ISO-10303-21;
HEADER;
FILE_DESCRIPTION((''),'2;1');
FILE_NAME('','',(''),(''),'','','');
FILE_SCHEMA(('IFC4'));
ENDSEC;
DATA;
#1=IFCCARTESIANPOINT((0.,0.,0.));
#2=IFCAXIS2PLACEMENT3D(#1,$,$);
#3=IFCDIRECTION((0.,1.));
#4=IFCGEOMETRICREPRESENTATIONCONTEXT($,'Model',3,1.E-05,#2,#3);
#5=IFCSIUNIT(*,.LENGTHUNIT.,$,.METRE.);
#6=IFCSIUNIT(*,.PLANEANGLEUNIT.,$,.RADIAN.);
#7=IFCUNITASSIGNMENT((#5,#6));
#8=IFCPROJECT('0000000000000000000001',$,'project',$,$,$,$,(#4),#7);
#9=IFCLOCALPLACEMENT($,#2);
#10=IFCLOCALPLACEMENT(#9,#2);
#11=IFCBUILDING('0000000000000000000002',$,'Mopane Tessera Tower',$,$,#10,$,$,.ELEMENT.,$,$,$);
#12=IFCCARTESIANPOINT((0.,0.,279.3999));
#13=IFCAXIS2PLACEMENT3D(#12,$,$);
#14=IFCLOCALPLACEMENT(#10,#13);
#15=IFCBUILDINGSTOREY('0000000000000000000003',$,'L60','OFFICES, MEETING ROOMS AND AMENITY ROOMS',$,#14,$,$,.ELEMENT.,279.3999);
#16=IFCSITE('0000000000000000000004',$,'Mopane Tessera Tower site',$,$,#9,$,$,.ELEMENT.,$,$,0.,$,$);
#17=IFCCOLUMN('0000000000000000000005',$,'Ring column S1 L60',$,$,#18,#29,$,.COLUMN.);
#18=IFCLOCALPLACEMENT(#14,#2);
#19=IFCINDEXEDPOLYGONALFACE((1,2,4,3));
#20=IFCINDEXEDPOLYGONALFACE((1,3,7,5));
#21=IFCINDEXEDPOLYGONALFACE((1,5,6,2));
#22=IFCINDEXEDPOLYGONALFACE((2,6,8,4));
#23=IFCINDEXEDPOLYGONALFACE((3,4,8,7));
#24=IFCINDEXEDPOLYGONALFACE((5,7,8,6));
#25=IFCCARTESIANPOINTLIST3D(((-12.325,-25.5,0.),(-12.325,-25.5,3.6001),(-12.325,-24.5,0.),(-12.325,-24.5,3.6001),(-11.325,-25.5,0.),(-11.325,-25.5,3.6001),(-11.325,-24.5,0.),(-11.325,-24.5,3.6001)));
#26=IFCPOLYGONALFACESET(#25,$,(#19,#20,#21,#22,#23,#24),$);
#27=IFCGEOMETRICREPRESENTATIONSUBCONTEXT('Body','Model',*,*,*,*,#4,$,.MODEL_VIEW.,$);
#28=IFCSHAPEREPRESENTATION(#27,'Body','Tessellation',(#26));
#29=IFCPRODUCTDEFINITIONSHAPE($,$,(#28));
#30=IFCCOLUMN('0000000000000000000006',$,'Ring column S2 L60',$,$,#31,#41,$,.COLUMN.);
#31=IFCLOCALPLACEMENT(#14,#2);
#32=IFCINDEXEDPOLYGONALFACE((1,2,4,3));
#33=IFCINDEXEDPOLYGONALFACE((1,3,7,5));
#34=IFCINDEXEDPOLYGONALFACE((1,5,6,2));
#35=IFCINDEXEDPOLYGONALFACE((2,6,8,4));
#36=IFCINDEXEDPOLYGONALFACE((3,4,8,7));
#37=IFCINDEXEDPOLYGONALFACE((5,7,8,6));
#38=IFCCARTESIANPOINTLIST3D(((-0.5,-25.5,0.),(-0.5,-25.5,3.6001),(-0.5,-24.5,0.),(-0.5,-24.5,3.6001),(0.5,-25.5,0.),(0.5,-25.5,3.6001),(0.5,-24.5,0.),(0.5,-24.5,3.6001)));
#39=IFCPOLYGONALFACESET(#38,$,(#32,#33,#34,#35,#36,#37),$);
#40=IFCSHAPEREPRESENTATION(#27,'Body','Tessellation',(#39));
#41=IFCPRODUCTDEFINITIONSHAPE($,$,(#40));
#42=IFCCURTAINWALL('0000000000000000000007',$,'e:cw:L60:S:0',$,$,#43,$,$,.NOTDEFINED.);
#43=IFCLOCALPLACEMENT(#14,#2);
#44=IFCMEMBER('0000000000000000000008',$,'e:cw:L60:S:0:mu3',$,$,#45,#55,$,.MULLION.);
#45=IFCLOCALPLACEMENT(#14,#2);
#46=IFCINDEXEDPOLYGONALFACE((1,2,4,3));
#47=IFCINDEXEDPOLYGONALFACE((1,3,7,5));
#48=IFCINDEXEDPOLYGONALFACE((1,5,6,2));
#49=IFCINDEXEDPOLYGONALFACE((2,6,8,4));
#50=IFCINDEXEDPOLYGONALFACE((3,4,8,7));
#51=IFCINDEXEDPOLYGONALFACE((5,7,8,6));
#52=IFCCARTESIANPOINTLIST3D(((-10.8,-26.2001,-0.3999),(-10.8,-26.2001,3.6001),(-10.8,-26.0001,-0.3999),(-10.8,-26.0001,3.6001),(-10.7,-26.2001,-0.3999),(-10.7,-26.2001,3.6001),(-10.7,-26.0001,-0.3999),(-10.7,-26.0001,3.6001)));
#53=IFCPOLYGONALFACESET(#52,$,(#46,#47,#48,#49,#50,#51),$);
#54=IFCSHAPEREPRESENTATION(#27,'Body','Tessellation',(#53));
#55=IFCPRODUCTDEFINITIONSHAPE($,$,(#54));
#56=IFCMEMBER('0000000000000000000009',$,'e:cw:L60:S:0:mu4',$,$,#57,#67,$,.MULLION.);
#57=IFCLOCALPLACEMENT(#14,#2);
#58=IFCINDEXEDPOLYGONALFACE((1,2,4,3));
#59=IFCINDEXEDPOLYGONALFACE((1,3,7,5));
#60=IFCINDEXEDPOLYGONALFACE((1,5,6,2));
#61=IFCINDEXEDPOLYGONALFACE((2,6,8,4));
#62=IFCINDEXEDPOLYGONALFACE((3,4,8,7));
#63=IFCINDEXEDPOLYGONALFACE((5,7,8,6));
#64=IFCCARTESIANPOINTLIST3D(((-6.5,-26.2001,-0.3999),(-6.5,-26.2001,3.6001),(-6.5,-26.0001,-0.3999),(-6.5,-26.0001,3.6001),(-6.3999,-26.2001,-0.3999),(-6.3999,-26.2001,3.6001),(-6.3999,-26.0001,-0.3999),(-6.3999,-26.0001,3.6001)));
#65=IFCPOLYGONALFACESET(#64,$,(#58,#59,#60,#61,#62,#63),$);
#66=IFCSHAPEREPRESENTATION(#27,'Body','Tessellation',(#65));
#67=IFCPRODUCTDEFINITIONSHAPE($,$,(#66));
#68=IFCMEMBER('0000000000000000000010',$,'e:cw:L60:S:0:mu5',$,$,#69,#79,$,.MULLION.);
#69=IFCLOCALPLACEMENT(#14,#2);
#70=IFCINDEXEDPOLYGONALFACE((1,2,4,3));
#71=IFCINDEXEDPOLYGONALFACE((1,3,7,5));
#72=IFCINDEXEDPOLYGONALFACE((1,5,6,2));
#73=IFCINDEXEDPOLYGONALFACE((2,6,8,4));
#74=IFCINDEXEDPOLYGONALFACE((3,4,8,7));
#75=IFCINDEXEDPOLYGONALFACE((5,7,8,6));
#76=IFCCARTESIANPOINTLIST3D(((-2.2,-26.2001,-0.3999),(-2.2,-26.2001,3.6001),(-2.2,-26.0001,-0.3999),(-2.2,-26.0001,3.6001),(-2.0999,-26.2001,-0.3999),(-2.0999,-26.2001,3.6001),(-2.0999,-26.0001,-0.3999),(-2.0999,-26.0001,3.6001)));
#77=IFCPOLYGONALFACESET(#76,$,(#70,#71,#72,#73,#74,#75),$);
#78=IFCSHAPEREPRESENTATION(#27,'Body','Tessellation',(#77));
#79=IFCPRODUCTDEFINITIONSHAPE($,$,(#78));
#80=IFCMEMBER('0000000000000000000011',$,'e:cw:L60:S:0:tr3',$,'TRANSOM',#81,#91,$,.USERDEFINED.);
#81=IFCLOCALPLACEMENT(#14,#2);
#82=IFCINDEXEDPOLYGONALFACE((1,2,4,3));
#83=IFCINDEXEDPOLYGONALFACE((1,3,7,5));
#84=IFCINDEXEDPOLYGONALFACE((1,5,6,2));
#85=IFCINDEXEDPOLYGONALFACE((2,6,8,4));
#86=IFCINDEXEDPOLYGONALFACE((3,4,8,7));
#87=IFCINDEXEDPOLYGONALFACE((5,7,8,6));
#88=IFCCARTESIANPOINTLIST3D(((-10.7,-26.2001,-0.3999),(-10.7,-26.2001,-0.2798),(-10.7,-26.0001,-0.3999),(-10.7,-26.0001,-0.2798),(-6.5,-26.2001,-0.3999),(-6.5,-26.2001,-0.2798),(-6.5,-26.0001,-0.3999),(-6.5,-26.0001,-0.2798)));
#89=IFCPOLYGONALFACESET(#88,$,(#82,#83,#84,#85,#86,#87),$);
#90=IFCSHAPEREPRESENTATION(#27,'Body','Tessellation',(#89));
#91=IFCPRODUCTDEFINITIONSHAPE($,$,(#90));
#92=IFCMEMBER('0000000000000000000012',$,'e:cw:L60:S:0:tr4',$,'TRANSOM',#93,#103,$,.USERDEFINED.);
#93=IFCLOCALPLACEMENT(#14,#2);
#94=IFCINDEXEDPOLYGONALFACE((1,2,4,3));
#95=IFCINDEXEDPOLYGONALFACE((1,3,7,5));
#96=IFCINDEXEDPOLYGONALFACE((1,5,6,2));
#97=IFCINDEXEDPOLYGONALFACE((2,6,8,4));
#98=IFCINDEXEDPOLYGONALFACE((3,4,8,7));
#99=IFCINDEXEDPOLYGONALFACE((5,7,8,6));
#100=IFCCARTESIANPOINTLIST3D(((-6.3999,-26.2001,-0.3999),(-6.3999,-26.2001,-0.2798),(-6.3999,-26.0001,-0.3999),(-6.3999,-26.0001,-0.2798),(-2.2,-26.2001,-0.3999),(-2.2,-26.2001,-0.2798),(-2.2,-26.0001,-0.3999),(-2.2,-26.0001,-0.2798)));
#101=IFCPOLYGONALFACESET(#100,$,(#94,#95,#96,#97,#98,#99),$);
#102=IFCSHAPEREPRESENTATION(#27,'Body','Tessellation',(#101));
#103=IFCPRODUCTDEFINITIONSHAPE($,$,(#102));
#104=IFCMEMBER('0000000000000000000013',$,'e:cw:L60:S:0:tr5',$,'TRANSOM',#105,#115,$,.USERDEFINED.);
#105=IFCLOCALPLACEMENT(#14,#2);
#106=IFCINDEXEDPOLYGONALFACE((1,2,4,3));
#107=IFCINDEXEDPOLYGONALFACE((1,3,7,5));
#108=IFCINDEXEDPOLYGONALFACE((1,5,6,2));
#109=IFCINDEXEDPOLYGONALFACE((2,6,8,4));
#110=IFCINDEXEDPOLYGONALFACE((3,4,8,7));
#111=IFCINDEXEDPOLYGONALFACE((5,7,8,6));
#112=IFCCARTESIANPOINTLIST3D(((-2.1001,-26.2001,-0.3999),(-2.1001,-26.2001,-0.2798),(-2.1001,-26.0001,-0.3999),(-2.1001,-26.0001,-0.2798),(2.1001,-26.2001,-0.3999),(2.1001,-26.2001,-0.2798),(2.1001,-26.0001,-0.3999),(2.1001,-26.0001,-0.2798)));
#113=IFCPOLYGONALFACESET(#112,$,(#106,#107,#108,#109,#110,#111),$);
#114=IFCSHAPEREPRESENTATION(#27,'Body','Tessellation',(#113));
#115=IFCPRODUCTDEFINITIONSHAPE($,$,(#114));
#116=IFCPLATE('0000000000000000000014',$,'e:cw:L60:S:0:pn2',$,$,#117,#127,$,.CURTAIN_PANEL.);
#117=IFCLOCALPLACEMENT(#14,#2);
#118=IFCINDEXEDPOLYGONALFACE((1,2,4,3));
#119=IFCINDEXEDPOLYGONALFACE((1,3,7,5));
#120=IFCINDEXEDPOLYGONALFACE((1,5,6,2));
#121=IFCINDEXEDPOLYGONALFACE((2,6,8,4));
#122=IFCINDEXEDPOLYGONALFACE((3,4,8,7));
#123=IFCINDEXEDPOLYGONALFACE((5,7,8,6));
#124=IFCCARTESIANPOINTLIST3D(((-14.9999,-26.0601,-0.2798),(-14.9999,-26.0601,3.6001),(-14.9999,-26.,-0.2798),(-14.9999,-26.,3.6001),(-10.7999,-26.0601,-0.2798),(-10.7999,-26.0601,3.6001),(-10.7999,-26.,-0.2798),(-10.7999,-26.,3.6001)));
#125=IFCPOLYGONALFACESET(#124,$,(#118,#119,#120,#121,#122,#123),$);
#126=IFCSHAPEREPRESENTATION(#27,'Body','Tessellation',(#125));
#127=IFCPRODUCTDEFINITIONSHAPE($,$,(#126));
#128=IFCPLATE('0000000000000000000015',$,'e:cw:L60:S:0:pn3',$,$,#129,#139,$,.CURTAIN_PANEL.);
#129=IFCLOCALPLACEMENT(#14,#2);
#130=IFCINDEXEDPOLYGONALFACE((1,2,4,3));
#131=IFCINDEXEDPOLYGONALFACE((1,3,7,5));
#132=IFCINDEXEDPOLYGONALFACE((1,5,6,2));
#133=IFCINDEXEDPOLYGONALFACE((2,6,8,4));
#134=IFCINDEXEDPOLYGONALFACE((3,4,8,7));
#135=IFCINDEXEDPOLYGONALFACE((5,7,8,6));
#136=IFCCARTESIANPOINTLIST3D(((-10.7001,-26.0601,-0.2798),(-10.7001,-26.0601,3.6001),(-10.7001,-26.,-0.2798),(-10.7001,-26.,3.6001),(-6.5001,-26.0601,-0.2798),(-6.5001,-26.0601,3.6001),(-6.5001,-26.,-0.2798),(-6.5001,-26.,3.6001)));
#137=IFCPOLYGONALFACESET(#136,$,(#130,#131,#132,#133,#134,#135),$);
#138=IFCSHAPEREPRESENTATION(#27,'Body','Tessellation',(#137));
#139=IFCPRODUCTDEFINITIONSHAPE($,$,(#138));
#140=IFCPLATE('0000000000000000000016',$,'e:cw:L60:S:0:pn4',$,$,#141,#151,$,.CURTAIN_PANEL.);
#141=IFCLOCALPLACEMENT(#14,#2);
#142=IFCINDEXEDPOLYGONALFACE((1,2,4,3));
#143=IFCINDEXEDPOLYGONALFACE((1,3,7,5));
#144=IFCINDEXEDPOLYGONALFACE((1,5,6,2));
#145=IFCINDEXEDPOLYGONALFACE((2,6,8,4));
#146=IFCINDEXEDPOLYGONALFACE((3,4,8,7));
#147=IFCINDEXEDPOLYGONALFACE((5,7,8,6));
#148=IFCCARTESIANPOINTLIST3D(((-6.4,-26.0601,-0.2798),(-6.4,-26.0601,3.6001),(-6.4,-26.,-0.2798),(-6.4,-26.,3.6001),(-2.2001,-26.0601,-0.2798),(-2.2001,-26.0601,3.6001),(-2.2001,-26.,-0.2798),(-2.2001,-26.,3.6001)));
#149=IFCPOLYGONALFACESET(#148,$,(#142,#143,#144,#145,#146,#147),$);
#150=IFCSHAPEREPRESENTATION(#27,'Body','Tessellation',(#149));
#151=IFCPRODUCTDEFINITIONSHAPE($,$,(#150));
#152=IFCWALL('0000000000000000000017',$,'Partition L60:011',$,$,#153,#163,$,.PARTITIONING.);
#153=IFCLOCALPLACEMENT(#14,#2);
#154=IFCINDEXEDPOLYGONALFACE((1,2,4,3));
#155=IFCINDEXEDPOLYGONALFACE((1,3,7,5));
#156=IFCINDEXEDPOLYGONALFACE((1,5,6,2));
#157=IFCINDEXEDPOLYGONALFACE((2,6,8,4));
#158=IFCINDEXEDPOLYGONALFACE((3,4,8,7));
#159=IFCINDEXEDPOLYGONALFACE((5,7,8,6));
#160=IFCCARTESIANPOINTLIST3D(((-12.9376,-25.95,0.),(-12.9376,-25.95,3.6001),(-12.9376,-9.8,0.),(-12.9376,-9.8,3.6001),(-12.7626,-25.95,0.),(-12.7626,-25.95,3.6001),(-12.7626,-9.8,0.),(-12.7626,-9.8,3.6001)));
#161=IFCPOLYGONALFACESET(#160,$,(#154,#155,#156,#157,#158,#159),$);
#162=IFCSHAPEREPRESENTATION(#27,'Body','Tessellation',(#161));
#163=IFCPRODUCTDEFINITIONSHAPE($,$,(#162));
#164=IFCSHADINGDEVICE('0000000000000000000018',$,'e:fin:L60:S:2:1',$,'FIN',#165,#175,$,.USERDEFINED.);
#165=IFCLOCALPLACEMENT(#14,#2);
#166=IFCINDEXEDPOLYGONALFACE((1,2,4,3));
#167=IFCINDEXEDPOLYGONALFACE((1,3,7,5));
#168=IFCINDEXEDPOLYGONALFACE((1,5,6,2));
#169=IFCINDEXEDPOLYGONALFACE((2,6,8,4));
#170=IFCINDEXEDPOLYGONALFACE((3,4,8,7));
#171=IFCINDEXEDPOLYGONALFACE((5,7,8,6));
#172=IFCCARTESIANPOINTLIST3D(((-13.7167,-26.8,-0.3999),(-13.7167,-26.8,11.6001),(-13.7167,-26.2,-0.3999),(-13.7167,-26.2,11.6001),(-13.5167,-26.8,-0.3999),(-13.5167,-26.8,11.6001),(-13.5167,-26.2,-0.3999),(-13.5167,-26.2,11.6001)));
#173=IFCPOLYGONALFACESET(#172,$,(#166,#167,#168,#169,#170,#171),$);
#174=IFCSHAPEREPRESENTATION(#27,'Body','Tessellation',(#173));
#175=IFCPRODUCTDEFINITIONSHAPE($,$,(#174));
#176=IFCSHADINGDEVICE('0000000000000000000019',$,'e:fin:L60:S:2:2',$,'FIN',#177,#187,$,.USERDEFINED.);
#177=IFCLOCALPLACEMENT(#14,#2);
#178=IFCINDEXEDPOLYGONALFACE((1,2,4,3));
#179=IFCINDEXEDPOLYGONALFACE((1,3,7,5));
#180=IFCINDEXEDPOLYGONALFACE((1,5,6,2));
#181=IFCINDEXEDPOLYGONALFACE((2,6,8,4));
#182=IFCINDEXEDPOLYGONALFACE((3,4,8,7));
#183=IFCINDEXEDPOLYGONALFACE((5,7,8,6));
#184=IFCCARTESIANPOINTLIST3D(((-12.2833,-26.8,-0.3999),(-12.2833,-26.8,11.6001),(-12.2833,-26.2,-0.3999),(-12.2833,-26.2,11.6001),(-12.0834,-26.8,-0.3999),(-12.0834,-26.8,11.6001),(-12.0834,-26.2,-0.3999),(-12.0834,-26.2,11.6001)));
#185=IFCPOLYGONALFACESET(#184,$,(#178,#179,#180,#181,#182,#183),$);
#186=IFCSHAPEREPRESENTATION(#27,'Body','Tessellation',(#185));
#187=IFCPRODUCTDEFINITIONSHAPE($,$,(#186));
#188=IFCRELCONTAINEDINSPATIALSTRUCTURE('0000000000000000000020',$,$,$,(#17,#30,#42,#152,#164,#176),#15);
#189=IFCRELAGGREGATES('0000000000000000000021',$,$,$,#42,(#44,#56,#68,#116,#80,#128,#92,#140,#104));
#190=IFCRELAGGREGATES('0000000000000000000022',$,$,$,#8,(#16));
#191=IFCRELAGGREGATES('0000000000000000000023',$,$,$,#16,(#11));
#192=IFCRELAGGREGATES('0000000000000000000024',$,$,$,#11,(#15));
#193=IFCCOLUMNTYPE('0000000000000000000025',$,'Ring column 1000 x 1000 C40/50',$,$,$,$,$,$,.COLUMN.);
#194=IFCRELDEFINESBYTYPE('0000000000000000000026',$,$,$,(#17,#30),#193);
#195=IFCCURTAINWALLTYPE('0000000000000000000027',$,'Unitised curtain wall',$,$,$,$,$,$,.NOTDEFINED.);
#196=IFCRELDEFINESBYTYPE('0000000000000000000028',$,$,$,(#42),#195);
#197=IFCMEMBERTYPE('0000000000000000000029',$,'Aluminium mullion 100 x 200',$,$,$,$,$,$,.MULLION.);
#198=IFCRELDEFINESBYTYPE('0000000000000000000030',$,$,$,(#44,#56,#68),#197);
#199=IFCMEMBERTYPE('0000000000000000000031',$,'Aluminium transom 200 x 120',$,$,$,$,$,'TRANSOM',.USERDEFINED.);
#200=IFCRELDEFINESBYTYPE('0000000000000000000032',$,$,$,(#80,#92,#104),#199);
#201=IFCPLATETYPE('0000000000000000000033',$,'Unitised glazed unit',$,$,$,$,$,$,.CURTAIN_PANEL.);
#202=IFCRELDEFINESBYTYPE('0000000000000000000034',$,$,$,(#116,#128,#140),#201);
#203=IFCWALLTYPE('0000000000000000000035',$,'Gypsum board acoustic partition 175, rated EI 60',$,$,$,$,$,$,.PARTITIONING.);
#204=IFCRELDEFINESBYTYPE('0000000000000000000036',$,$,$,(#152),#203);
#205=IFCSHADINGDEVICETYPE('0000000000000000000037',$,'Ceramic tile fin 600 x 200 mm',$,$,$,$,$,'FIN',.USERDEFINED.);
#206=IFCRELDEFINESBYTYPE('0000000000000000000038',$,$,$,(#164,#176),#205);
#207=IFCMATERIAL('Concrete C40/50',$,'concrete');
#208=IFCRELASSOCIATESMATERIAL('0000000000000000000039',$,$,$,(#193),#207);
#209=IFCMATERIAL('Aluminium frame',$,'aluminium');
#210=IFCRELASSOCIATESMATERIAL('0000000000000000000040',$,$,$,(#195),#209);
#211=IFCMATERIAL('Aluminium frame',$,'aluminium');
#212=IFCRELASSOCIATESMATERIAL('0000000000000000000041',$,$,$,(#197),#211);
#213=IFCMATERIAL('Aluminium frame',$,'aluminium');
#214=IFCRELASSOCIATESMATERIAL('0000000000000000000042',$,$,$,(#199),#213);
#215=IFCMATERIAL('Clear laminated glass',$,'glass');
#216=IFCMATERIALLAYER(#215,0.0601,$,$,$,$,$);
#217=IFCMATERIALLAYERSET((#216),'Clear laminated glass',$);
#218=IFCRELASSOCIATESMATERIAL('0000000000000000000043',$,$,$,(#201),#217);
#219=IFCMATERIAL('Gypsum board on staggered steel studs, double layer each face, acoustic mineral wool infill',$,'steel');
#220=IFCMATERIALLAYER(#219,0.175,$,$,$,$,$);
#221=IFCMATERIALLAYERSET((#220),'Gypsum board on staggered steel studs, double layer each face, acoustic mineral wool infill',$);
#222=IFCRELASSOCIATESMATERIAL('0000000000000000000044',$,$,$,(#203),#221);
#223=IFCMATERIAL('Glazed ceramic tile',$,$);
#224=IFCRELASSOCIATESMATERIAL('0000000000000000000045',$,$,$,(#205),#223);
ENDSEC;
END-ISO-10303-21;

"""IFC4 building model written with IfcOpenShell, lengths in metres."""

from ifc_helpers import new_model, si_unit, direction, frame, frame_2d, origin, origin_2d, place, context, subcontext, project, spatial, rectangle, extrude, material, layer, layer_set, material_profile, profile_set, type_object, element, aggregate, save


model = new_model("IFC4")

# Units and contexts
model_context = context("Model", 3, precision=1e-05, world=origin(), true_north=direction((0.0, 1.0)))
body_context = subcontext(model_context, "Body", "Model", "MODEL_VIEW")
ifc_project = project(units=[si_unit("LENGTHUNIT", "METRE"), si_unit("PLANEANGLEUNIT", "RADIAN")], contexts=[model_context])

# Site, building, storey
site_placement = place(None, origin())
site = spatial("IfcSite", under=ifc_project, at=site_placement, Name="Mopane Tessera Tower site", CompositionType="ELEMENT", RefElevation=0.0)
building_placement = place(site_placement, origin())
building = spatial("IfcBuilding", under=site, at=building_placement, Name="Mopane Tessera Tower", CompositionType="ELEMENT")
storey_placement = place(building_placement, frame((0.0, 0.0, 279.3999)))
storey = spatial("IfcBuildingStorey", under=building, at=storey_placement, Name="L60", Description="OFFICES, MEETING ROOMS AND AMENITY ROOMS", CompositionType="ELEMENT", Elevation=279.3999)

# Columns
ifc_material_1 = material(Name="Concrete C40/50", Category="concrete")
ifc_material_profile_1 = material_profile(ifc_material_1, rectangle(XDim=1.0, YDim=1.0, at=origin_2d()))
ifc_profile_set_1 = profile_set([ifc_material_profile_1], Name="Concrete C40/50")
column_type = type_object("IfcColumnType", Name="Ring column 1000 x 1000 C40/50", PredefinedType="COLUMN", material=ifc_profile_set_1)
for number, where, z_axis, x_axis, name in (
    (1, (-11.825, -25.0, 0.0), (0.0, 0.0, 1.0), (1.0, 0.0, 0.0), "Ring column S1 L60"),
    (2, (0.0, -25.0, 0.0), (0.0, 0.0, 1.0), (1.0, 0.0, 0.0), "Ring column S2 L60"),
):
    element("IfcColumn", number, at=place(storey_placement, frame(where, z_axis=z_axis, x_axis=x_axis)), inside=storey, type_object=column_type, Name=name, PredefinedType="COLUMN", context=body_context, shape_type="SweptSolid", body=[
        extrude(rectangle(XDim=1.0, YDim=1.0, at=origin_2d()), origin(), (0.0, 0.0, 1.0), 3.6001),
    ])

# Curtain wall, members, plates
ifc_material_2 = material(Name="Aluminium frame", Category="aluminium")
curtain_wall_type = type_object("IfcCurtainWallType", Name="Unitised curtain wall", PredefinedType="NOTDEFINED", material=ifc_material_2)
curtain_wall_placement = place(storey_placement, origin())
curtain_wall = element("IfcCurtainWall", 3, at=curtain_wall_placement, inside=storey, type_object=curtain_wall_type, Name="e:cw:L60:S:0", PredefinedType="NOTDEFINED")
ifc_material_3 = material(Name="Aluminium frame", Category="aluminium")
ifc_material_profile_2 = material_profile(ifc_material_3, rectangle(XDim=0.1001, YDim=0.2, at=origin_2d()))
ifc_profile_set_2 = profile_set([ifc_material_profile_2], Name="Aluminium frame")
member_type_1 = type_object("IfcMemberType", Name="Aluminium mullion 100 x 200", PredefinedType="MULLION", material=ifc_profile_set_2)
member_1_placement = place(storey_placement, frame((-10.75, -26.1001, -0.3999), z_axis=(0.0, 0.0, 1.0), x_axis=(1.0, 0.0, 0.0)))
member_1 = element("IfcMember", 4, at=member_1_placement, type_object=member_type_1, Name="e:cw:L60:S:0:mu3", PredefinedType="MULLION", context=body_context, shape_type="SweptSolid", body=[
    extrude(rectangle(XDim=0.1001, YDim=0.2, at=origin_2d()), origin(), (0.0, 0.0, 1.0), 4.0),
])
member_2_placement = place(storey_placement, frame((-6.45, -26.1001, -0.3999), z_axis=(0.0, 0.0, 1.0), x_axis=(1.0, 0.0, 0.0)))
member_2 = element("IfcMember", 5, at=member_2_placement, type_object=member_type_1, Name="e:cw:L60:S:0:mu4", PredefinedType="MULLION", context=body_context, shape_type="SweptSolid", body=[
    extrude(rectangle(XDim=0.1001, YDim=0.2, at=origin_2d()), origin(), (0.0, 0.0, 1.0), 4.0),
])
member_3_placement = place(storey_placement, frame((-2.1499, -26.1001, -0.3999), z_axis=(0.0, 0.0, 1.0), x_axis=(1.0, 0.0, 0.0)))
member_3 = element("IfcMember", 6, at=member_3_placement, type_object=member_type_1, Name="e:cw:L60:S:0:mu5", PredefinedType="MULLION", context=body_context, shape_type="SweptSolid", body=[
    extrude(rectangle(XDim=0.1001, YDim=0.2, at=origin_2d()), origin(), (0.0, 0.0, 1.0), 4.0),
])
ifc_material_4 = material(Name="Aluminium frame", Category="aluminium")
ifc_material_profile_3 = material_profile(ifc_material_4, rectangle(XDim=0.2, YDim=0.1201, at=origin_2d()))
ifc_profile_set_3 = profile_set([ifc_material_profile_3], Name="Aluminium frame")
member_type_2 = type_object("IfcMemberType", Name="Aluminium transom 200 x 120", ElementType="TRANSOM", PredefinedType="USERDEFINED", material=ifc_profile_set_3)
member_4_placement = place(storey_placement, frame((-10.7, -26.1001, -0.3398), z_axis=(1.0, 0.0, 0.0), x_axis=(0.0, 1.0, 0.0)))
member_4 = element("IfcMember", 7, at=member_4_placement, type_object=member_type_2, Name="e:cw:L60:S:0:tr3", ObjectType="TRANSOM", PredefinedType="USERDEFINED", context=body_context, shape_type="SweptSolid", body=[
    extrude(rectangle(XDim=0.2, YDim=0.1201, at=origin_2d()), origin(), (0.0, 0.0, 1.0), 4.2),
])
member_5_placement = place(storey_placement, frame((-6.3999, -26.1001, -0.3398), z_axis=(1.0, 0.0, 0.0), x_axis=(0.0, 1.0, 0.0)))
member_5 = element("IfcMember", 8, at=member_5_placement, type_object=member_type_2, Name="e:cw:L60:S:0:tr4", ObjectType="TRANSOM", PredefinedType="USERDEFINED", context=body_context, shape_type="SweptSolid", body=[
    extrude(rectangle(XDim=0.2, YDim=0.1201, at=origin_2d()), origin(), (0.0, 0.0, 1.0), 4.2),
])
member_6_placement = place(storey_placement, frame((-2.1001, -26.1001, -0.3398), z_axis=(1.0, 0.0, 0.0), x_axis=(0.0, 1.0, 0.0)))
member_6 = element("IfcMember", 9, at=member_6_placement, type_object=member_type_2, Name="e:cw:L60:S:0:tr5", ObjectType="TRANSOM", PredefinedType="USERDEFINED", context=body_context, shape_type="SweptSolid", body=[
    extrude(rectangle(XDim=0.2, YDim=0.1201, at=origin_2d()), origin(), (0.0, 0.0, 1.0), 4.2002),
])
ifc_material_5 = material(Name="Clear laminated glass", Category="glass")
ifc_layer_1 = layer(ifc_material_5, 0.0601)
ifc_layer_set_1 = layer_set([ifc_layer_1], Name="Clear laminated glass")
plate_type = type_object("IfcPlateType", Name="Unitised glazed unit", PredefinedType="CURTAIN_PANEL", material=ifc_layer_set_1)
plate_1_placement = place(storey_placement, frame((-12.8999, -26.03, -0.2798), z_axis=(0.0, 0.0, 1.0), x_axis=(1.0, 0.0, 0.0)))
plate_1 = element("IfcPlate", 10, at=plate_1_placement, type_object=plate_type, Name="e:cw:L60:S:0:pn2", PredefinedType="CURTAIN_PANEL", context=body_context, shape_type="SweptSolid", body=[
    extrude(rectangle(XDim=4.2, YDim=0.0601, at=origin_2d()), origin(), (0.0, 0.0, 1.0), 3.8799),
])
plate_2_placement = place(storey_placement, frame((-8.6001, -26.03, -0.2798), z_axis=(0.0, 0.0, 1.0), x_axis=(1.0, 0.0, 0.0)))
plate_2 = element("IfcPlate", 11, at=plate_2_placement, type_object=plate_type, Name="e:cw:L60:S:0:pn3", PredefinedType="CURTAIN_PANEL", context=body_context, shape_type="SweptSolid", body=[
    extrude(rectangle(XDim=4.2, YDim=0.0601, at=origin_2d()), origin(), (0.0, 0.0, 1.0), 3.8799),
])
plate_3_placement = place(storey_placement, frame((-4.3, -26.03, -0.2798), z_axis=(0.0, 0.0, 1.0), x_axis=(1.0, 0.0, 0.0)))
plate_3 = element("IfcPlate", 12, at=plate_3_placement, type_object=plate_type, Name="e:cw:L60:S:0:pn4", PredefinedType="CURTAIN_PANEL", context=body_context, shape_type="SweptSolid", body=[
    extrude(rectangle(XDim=4.2, YDim=0.0601, at=origin_2d()), origin(), (0.0, 0.0, 1.0), 3.8799),
])
aggregate(curtain_wall, [member_1, member_2, member_3, plate_1, member_4, plate_2, member_5, plate_3, member_6])

# Wall
ifc_material_6 = material(Name="Gypsum board on staggered steel studs, double layer each face, acoustic mineral wool infill", Category="steel")
ifc_layer_2 = layer(ifc_material_6, 0.175)
ifc_layer_set_2 = layer_set([ifc_layer_2], Name="Gypsum board on staggered steel studs, double layer each face, acoustic mineral wool infill")
wall_type = type_object("IfcWallType", Name="Gypsum board acoustic partition 175, rated EI 60", PredefinedType="PARTITIONING", material=ifc_layer_set_2)
wall_placement = place(storey_placement, frame((-12.8501, -25.95, 0.0), z_axis=(0.0, 0.0, 1.0), x_axis=(0.0, 1.0, 0.0)))
element("IfcWall", 13, at=wall_placement, inside=storey, type_object=wall_type, Name="Partition L60:011", PredefinedType="PARTITIONING", context=body_context, shape_type="SweptSolid", body=[
    extrude(rectangle(XDim=16.1499, YDim=0.175, at=frame_2d((8.075, 0.0))), origin(), (0.0, 0.0, 1.0), 3.6001),
])

# Shading devices
ifc_material_7 = material(Name="Glazed ceramic tile")
shading_device_type = type_object("IfcShadingDeviceType", Name="Ceramic tile fin 600 x 200 mm", ElementType="FIN", PredefinedType="USERDEFINED", material=ifc_material_7)
for number, where, z_axis, x_axis, name in (
    (14, (-13.6167, -26.5, -0.3999), (0.0, 0.0, 1.0), (1.0, 0.0, 0.0), "e:fin:L60:S:2:1"),
    (15, (-12.1833, -26.5, -0.3999), (0.0, 0.0, 1.0), (1.0, 0.0, 0.0), "e:fin:L60:S:2:2"),
):
    element("IfcShadingDevice", number, at=place(storey_placement, frame(where, z_axis=z_axis, x_axis=x_axis)), inside=storey, type_object=shading_device_type, Name=name, ObjectType="FIN", PredefinedType="USERDEFINED", context=body_context, shape_type="SweptSolid", body=[
        extrude(rectangle(XDim=0.2, YDim=0.6001, at=origin_2d()), origin(), (0.0, 0.0, 1.0), 12.0),
    ])

save(model, "model.ifc")
